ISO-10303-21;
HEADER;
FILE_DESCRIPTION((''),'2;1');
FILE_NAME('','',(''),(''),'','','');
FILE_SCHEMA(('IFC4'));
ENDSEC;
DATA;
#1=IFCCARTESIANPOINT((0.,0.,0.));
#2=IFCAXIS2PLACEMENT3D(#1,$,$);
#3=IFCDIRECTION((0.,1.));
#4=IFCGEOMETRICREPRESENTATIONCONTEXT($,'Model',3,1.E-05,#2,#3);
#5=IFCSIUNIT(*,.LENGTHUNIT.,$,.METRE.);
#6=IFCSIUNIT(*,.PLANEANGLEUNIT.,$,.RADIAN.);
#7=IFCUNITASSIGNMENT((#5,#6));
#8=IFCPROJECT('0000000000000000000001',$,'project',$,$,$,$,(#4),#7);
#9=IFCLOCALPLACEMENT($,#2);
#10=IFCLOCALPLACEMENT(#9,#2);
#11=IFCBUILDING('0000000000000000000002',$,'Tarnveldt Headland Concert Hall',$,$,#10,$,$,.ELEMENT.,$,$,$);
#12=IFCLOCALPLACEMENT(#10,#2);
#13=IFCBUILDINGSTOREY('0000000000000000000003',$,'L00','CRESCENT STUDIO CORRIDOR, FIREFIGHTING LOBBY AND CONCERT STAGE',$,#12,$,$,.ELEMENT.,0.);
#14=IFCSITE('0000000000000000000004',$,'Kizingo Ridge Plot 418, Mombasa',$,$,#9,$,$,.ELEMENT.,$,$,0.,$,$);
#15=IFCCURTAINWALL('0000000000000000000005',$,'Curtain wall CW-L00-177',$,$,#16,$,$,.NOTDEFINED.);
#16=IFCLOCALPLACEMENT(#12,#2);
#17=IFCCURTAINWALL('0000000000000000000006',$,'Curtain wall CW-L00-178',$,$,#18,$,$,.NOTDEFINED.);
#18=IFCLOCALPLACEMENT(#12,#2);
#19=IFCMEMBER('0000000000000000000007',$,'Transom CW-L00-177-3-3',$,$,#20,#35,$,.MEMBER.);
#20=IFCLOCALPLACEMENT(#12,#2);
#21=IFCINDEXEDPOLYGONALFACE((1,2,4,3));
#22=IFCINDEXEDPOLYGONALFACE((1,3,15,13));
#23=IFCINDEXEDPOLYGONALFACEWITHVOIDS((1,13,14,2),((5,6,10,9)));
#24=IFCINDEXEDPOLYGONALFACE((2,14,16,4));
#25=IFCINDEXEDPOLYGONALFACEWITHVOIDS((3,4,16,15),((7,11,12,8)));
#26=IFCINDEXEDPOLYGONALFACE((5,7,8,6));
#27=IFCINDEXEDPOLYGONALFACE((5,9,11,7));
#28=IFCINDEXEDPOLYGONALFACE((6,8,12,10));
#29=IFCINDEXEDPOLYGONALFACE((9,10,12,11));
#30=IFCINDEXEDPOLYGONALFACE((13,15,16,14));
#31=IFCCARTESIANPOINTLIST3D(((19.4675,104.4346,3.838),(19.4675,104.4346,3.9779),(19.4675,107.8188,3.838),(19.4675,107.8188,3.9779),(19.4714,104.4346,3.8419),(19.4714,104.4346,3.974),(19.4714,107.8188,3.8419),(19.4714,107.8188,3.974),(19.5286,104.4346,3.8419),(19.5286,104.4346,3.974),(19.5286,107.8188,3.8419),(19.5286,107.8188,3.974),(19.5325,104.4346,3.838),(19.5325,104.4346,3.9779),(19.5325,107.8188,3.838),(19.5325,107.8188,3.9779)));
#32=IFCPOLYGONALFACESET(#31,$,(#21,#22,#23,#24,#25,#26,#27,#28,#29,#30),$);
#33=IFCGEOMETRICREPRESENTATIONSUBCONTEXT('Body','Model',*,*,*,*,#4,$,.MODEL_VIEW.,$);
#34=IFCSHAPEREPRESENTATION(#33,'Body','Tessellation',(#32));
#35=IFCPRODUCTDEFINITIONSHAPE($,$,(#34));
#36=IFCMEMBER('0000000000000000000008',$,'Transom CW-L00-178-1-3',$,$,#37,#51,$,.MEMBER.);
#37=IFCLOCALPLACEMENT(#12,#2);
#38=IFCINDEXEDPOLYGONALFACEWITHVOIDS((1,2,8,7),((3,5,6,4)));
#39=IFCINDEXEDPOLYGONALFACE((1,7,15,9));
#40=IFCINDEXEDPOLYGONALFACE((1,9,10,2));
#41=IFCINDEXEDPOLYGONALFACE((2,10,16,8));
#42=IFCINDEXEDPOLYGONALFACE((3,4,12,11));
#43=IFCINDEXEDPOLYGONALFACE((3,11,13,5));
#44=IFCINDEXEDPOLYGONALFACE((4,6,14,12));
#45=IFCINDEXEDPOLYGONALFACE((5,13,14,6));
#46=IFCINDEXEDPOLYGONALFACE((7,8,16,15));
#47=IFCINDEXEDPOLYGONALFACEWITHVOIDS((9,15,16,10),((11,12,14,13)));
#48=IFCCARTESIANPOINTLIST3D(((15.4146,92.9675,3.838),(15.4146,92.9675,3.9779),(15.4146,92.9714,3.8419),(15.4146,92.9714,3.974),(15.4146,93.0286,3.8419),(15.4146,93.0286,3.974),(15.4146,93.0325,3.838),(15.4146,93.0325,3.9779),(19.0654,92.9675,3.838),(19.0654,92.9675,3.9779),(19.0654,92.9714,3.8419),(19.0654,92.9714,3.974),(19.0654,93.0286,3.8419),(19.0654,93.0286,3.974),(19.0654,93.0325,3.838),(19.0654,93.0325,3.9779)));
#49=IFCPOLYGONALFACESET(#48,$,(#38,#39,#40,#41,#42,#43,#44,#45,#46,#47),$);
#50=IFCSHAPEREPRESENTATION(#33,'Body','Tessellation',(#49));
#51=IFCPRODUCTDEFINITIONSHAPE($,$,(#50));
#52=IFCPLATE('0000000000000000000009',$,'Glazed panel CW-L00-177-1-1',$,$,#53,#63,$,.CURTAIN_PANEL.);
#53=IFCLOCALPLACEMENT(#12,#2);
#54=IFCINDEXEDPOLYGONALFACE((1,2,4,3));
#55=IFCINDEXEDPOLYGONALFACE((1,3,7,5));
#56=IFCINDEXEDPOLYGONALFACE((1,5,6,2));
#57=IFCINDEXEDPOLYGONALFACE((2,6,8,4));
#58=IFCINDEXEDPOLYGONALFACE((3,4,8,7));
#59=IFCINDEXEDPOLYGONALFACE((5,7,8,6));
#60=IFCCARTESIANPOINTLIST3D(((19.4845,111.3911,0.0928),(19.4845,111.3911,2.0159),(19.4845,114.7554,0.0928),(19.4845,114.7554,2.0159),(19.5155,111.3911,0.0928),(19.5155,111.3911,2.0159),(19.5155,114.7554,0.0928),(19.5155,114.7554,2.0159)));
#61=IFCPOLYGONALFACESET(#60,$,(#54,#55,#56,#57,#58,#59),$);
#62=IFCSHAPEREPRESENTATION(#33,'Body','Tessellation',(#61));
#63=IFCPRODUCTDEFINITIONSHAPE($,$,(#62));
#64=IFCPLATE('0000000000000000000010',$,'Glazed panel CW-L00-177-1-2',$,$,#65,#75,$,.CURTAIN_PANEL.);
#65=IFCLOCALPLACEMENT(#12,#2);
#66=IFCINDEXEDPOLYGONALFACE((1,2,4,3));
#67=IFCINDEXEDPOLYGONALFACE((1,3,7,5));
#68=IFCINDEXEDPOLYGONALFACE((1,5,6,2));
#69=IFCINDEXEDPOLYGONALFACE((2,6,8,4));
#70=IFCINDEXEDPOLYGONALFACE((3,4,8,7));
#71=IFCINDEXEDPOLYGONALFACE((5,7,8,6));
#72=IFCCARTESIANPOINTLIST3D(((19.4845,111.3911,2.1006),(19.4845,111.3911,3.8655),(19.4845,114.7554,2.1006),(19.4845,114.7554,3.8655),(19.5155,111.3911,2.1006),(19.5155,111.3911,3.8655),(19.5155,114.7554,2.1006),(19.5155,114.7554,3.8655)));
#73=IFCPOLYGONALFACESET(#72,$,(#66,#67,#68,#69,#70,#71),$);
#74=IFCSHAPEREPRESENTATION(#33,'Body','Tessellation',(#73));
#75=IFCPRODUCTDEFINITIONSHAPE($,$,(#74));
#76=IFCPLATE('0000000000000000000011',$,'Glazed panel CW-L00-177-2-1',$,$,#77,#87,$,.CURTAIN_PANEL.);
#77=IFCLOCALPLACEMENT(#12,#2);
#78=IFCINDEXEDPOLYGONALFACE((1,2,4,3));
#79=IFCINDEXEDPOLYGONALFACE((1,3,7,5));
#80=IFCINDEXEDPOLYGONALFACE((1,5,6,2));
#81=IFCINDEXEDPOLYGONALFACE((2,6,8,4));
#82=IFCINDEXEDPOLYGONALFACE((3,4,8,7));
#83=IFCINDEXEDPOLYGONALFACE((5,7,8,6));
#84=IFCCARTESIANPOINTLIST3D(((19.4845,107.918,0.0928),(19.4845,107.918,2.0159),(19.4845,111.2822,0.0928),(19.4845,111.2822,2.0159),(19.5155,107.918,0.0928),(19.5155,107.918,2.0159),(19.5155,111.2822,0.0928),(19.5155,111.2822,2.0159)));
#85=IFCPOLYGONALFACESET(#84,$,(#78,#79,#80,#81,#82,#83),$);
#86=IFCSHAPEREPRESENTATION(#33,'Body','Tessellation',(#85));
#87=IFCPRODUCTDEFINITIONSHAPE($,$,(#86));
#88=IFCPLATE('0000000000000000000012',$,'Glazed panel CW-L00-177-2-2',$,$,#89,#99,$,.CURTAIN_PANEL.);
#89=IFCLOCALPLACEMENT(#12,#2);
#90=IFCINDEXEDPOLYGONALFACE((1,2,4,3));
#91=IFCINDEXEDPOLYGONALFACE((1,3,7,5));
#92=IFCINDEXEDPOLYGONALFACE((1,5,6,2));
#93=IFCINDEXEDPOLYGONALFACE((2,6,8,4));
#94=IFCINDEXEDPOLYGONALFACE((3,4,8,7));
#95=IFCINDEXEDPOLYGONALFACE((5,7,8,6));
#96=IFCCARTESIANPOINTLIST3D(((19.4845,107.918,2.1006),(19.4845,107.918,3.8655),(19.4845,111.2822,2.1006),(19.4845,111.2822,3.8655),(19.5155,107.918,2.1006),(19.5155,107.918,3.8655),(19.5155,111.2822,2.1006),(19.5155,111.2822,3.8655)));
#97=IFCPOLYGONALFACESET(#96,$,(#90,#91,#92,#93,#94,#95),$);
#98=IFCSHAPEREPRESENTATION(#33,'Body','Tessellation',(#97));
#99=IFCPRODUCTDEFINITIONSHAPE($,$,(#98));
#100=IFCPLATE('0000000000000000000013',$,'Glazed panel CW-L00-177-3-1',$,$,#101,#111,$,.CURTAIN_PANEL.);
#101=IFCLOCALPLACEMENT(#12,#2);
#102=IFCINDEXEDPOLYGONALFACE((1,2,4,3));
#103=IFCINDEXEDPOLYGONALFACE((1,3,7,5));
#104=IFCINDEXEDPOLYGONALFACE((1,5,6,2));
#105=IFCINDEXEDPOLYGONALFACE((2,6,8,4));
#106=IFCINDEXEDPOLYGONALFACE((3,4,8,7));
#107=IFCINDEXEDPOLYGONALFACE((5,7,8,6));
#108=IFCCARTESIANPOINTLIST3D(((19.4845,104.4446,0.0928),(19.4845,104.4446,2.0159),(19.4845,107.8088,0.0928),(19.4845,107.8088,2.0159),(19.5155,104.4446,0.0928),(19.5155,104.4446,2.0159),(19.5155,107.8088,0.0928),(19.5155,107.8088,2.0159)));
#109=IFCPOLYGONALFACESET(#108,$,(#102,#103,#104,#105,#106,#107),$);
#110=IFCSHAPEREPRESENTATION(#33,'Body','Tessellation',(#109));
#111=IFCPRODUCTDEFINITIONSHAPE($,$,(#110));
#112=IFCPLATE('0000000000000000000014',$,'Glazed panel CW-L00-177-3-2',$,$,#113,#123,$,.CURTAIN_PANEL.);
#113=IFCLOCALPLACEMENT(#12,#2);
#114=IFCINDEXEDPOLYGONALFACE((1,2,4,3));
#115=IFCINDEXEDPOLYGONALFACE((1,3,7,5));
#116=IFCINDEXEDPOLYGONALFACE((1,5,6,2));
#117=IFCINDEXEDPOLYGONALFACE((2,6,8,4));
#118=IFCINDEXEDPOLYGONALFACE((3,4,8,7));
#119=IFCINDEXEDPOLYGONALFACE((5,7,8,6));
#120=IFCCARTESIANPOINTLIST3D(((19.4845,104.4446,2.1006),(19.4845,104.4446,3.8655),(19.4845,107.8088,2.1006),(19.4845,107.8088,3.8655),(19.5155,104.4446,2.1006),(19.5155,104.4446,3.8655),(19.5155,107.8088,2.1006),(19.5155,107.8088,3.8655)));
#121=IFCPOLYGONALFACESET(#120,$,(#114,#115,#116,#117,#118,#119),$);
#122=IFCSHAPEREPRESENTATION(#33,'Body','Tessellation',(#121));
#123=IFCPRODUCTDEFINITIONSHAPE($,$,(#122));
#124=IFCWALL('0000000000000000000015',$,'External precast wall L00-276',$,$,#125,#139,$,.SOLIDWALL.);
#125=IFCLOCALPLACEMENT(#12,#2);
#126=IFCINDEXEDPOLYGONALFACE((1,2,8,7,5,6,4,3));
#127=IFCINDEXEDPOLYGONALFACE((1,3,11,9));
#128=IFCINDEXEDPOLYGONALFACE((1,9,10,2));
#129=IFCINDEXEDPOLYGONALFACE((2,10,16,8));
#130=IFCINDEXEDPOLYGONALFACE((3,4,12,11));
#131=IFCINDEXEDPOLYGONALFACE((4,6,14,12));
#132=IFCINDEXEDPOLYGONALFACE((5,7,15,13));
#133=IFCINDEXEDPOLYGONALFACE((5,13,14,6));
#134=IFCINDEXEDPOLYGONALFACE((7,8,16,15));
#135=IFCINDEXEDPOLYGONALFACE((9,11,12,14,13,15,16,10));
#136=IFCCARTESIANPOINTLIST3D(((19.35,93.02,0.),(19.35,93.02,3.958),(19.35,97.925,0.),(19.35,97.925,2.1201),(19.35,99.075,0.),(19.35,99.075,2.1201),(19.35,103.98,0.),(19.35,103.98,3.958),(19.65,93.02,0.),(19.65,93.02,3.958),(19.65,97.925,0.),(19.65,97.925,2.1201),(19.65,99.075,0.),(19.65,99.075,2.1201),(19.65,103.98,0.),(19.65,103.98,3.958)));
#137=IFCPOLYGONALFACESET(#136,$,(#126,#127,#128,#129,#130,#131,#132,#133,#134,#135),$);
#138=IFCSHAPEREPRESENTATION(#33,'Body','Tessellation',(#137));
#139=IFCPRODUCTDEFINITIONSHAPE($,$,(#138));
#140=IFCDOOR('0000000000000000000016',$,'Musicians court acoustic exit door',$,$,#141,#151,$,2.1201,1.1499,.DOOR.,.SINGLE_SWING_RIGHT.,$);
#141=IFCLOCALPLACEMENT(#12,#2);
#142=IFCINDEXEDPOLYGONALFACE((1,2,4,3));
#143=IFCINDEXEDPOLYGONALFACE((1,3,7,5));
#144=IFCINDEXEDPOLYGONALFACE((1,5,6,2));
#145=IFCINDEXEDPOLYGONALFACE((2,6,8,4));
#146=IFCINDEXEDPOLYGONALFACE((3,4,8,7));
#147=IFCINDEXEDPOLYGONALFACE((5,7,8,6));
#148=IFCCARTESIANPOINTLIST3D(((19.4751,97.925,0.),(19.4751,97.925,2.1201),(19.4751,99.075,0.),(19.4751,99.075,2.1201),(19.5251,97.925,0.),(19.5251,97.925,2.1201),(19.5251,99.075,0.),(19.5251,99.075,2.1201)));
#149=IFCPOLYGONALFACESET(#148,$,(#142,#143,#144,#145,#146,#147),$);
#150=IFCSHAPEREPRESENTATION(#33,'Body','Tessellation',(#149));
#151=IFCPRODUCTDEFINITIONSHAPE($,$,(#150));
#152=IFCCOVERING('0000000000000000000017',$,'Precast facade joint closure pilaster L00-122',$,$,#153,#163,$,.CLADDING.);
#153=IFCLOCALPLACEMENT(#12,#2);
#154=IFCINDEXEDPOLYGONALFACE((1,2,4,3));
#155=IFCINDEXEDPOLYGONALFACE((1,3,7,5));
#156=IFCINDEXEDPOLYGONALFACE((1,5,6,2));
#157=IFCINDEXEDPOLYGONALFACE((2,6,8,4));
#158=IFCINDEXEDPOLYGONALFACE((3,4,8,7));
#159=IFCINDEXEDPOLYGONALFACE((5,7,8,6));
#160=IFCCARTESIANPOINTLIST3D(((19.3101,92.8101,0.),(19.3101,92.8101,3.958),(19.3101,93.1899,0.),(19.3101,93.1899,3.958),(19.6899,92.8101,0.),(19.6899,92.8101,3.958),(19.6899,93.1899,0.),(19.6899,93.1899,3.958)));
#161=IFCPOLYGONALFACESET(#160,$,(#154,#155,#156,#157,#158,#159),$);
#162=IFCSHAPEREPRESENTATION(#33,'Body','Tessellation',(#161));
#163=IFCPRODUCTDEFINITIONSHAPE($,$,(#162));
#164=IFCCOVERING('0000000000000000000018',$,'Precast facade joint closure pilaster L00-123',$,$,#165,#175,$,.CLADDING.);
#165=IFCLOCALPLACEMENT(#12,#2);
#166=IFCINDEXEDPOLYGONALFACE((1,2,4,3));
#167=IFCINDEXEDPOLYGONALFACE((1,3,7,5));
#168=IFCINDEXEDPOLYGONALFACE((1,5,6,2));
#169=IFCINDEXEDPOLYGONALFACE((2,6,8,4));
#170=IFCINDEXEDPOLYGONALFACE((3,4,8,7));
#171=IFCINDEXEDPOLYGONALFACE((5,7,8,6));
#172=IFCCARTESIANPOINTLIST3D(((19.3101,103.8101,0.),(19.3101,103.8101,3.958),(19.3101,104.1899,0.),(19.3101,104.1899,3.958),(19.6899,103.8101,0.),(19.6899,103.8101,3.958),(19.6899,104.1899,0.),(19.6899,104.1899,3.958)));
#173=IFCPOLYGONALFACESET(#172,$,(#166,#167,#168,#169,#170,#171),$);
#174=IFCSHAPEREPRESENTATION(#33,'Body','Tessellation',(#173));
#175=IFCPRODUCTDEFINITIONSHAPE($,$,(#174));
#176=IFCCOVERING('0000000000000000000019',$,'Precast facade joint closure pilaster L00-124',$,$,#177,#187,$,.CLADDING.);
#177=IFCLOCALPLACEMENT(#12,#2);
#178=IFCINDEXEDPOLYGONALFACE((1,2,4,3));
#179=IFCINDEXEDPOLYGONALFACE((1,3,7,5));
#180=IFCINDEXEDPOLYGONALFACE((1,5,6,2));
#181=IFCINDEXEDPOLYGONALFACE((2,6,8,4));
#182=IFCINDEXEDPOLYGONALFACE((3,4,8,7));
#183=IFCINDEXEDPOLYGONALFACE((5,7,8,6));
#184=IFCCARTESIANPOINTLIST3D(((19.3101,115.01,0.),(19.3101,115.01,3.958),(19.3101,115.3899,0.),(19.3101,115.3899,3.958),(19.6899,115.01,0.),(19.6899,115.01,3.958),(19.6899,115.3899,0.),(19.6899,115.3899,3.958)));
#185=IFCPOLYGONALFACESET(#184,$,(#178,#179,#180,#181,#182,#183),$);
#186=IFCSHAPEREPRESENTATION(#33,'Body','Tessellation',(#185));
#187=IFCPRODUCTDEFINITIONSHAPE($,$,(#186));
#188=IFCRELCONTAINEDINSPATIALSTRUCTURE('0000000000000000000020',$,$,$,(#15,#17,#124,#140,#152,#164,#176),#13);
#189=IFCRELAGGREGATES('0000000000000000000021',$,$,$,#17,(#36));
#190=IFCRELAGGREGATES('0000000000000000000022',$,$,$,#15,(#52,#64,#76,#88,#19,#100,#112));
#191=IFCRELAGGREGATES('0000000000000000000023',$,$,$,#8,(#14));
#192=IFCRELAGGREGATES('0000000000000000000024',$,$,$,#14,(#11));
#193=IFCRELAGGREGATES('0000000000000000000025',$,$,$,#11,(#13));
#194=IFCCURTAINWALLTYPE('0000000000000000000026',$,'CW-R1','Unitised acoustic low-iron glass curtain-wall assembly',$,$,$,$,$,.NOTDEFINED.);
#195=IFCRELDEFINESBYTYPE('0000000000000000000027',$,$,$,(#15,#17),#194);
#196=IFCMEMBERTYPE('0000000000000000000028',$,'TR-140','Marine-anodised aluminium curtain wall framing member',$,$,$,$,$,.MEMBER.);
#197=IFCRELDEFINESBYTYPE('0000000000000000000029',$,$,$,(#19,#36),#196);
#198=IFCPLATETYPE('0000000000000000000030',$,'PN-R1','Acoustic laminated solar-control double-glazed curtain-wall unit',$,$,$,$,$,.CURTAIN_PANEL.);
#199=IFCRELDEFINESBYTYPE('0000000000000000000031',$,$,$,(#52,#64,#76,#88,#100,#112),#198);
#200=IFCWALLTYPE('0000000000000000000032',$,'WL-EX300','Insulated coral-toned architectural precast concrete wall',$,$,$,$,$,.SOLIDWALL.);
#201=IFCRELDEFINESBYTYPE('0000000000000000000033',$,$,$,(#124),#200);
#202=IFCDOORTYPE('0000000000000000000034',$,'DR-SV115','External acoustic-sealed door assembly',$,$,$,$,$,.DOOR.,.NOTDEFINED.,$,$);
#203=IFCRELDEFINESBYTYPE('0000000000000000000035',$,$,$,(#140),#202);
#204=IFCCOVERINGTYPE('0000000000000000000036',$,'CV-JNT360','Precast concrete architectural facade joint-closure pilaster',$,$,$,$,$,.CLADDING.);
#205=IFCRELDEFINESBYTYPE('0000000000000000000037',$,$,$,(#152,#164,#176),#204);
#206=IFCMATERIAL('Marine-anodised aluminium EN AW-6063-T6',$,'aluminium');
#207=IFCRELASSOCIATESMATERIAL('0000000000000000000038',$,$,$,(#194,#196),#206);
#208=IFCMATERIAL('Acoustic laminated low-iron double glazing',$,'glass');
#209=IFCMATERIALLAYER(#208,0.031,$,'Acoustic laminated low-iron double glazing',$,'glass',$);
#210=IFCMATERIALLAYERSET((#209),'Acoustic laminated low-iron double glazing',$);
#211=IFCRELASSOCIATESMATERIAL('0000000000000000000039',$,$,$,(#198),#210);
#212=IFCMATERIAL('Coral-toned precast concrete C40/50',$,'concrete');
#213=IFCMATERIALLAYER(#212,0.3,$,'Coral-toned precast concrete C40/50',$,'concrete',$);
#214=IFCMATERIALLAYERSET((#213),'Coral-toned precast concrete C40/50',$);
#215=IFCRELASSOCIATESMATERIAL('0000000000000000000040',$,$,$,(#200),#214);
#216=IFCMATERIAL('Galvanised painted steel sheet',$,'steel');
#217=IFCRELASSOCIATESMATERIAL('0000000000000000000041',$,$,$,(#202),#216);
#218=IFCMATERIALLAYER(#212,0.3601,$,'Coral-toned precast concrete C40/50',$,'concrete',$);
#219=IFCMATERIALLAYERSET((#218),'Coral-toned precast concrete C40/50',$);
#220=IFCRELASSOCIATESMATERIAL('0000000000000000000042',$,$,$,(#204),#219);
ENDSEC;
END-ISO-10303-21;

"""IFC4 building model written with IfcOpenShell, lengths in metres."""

from ifc_helpers import new_model, si_unit, direction, frame, frame_2d, origin, origin_2d, place, context, subcontext, project, spatial, rectangle, hollow_rectangle, extrude, material, layer, layer_set, material_profile, profile_set, type_object, element, fill, aggregate, save


model = new_model("IFC4")

# Units and contexts
model_context = context("Model", 3, precision=1e-05, world=origin(), true_north=direction((0.0, 1.0)))
body_context = subcontext(model_context, "Body", "Model", "MODEL_VIEW")
ifc_project = project(units=[si_unit("LENGTHUNIT", "METRE"), si_unit("PLANEANGLEUNIT", "RADIAN")], contexts=[model_context])

# Site, building, storey
site_placement = place(None, origin())
site = spatial("IfcSite", under=ifc_project, at=site_placement, Name="Kizingo Ridge Plot 418, Mombasa", CompositionType="ELEMENT", RefElevation=0.0)
building_placement = place(site_placement, origin())
building = spatial("IfcBuilding", under=site, at=building_placement, Name="Tarnveldt Headland Concert Hall", CompositionType="ELEMENT")
storey_placement = place(building_placement, origin())
storey = spatial("IfcBuildingStorey", under=building, at=storey_placement, Name="L00", Description="CRESCENT STUDIO CORRIDOR, FIREFIGHTING LOBBY AND CONCERT STAGE", CompositionType="ELEMENT", Elevation=0.0)

# Curtain wall
ifc_material_1 = material(Name="Marine-anodised aluminium EN AW-6063-T6", Category="aluminium")
curtain_wall_type = type_object("IfcCurtainWallType", Name="CW-R1", Description="Unitised acoustic low-iron glass curtain-wall assembly", PredefinedType="NOTDEFINED", material=ifc_material_1)
curtain_wall_1_placement = place(storey_placement, origin())
curtain_wall_1 = element("IfcCurtainWall", 1, at=curtain_wall_1_placement, inside=storey, type_object=curtain_wall_type, Name="Curtain wall CW-L00-177", PredefinedType="NOTDEFINED")

# Curtain wall
curtain_wall_2_placement = place(storey_placement, origin())
curtain_wall_2 = element("IfcCurtainWall", 2, at=curtain_wall_2_placement, inside=storey, type_object=curtain_wall_type, Name="Curtain wall CW-L00-178", PredefinedType="NOTDEFINED")

# Members
ifc_material_profile_1 = material_profile(ifc_material_1, hollow_rectangle(XDim=0.0649, YDim=0.1399, WallThickness=0.0039, at=origin_2d()), Name="ALU TRANSOM 65x140x4", Category="aluminium")
ifc_profile_set_1 = profile_set([ifc_material_profile_1], Name="Marine-anodised aluminium EN AW-6063-T6")
member_type_1 = type_object("IfcMemberType", Name="TR-140", Description="Marine-anodised aluminium curtain wall framing member", PredefinedType="MEMBER", material=ifc_profile_set_1)
member_1_placement = place(storey_placement, frame((19.5, 107.8188, 3.908), z_axis=(0.0, -1.0, 0.0), x_axis=(1.0, 0.0, 0.0)))
member_1 = element("IfcMember", 3, at=member_1_placement, type_object=member_type_1, Name="Transom CW-L00-177-3-3", PredefinedType="MEMBER", context=body_context, shape_type="SweptSolid", body=[
    extrude(hollow_rectangle(XDim=0.0649, YDim=0.1399, WallThickness=0.0039, at=origin_2d()), origin(), (0.0, 0.0, 1.0), 3.3843),
])
member_2_placement = place(storey_placement, frame((19.0654, 93.0, 3.908), z_axis=(-1.0, 0.0, 0.0), x_axis=(0.0, -1.0, 0.0)))
member_2 = element("IfcMember", 4, at=member_2_placement, type_object=member_type_1, Name="Transom CW-L00-178-1-3", PredefinedType="MEMBER", context=body_context, shape_type="SweptSolid", body=[
    extrude(hollow_rectangle(XDim=0.0649, YDim=0.1399, WallThickness=0.0039, at=origin_2d()), origin(), (0.0, 0.0, 1.0), 3.6509),
])
aggregate(curtain_wall_2, [member_2])

# Plates
ifc_material_2 = material(Name="Acoustic laminated low-iron double glazing", Category="glass")
ifc_layer_1 = layer(ifc_material_2, 0.031, Name="Acoustic laminated low-iron double glazing", Category="glass")
ifc_layer_set_1 = layer_set([ifc_layer_1], Name="Acoustic laminated low-iron double glazing")
plate_type = type_object("IfcPlateType", Name="PN-R1", Description="Acoustic laminated solar-control double-glazed curtain-wall unit", PredefinedType="CURTAIN_PANEL", material=ifc_layer_set_1)
plate_1_placement = place(storey_placement, frame((19.5, 113.0732, 0.0928), z_axis=(0.0, 0.0, 1.0), x_axis=(0.0, -1.0, 0.0)))
plate_1 = element("IfcPlate", 5, at=plate_1_placement, type_object=plate_type, Name="Glazed panel CW-L00-177-1-1", PredefinedType="CURTAIN_PANEL", context=body_context, shape_type="SweptSolid", body=[
    extrude(rectangle(XDim=3.3643, YDim=0.031, at=origin_2d()), origin(), (0.0, 0.0, 1.0), 1.9231),
])
plate_2_placement = place(storey_placement, frame((19.5, 113.0732, 2.1006), z_axis=(0.0, 0.0, 1.0), x_axis=(0.0, -1.0, 0.0)))
plate_2 = element("IfcPlate", 6, at=plate_2_placement, type_object=plate_type, Name="Glazed panel CW-L00-177-1-2", PredefinedType="CURTAIN_PANEL", context=body_context, shape_type="SweptSolid", body=[
    extrude(rectangle(XDim=3.3643, YDim=0.031, at=origin_2d()), origin(), (0.0, 0.0, 1.0), 1.7649),
])
plate_3_placement = place(storey_placement, frame((19.5, 109.6001, 0.0928), z_axis=(0.0, 0.0, 1.0), x_axis=(0.0, -1.0, 0.0)))
plate_3 = element("IfcPlate", 7, at=plate_3_placement, type_object=plate_type, Name="Glazed panel CW-L00-177-2-1", PredefinedType="CURTAIN_PANEL", context=body_context, shape_type="SweptSolid", body=[
    extrude(rectangle(XDim=3.3643, YDim=0.031, at=origin_2d()), origin(), (0.0, 0.0, 1.0), 1.9231),
])
plate_4_placement = place(storey_placement, frame((19.5, 109.6001, 2.1006), z_axis=(0.0, 0.0, 1.0), x_axis=(0.0, -1.0, 0.0)))
plate_4 = element("IfcPlate", 8, at=plate_4_placement, type_object=plate_type, Name="Glazed panel CW-L00-177-2-2", PredefinedType="CURTAIN_PANEL", context=body_context, shape_type="SweptSolid", body=[
    extrude(rectangle(XDim=3.3643, YDim=0.031, at=origin_2d()), origin(), (0.0, 0.0, 1.0), 1.7649),
])
plate_5_placement = place(storey_placement, frame((19.5, 106.1267, 0.0928), z_axis=(0.0, 0.0, 1.0), x_axis=(0.0, -1.0, 0.0)))
plate_5 = element("IfcPlate", 9, at=plate_5_placement, type_object=plate_type, Name="Glazed panel CW-L00-177-3-1", PredefinedType="CURTAIN_PANEL", context=body_context, shape_type="SweptSolid", body=[
    extrude(rectangle(XDim=3.3643, YDim=0.031, at=origin_2d()), origin(), (0.0, 0.0, 1.0), 1.9231),
])
plate_6_placement = place(storey_placement, frame((19.5, 106.1267, 2.1006), z_axis=(0.0, 0.0, 1.0), x_axis=(0.0, -1.0, 0.0)))
plate_6 = element("IfcPlate", 10, at=plate_6_placement, type_object=plate_type, Name="Glazed panel CW-L00-177-3-2", PredefinedType="CURTAIN_PANEL", context=body_context, shape_type="SweptSolid", body=[
    extrude(rectangle(XDim=3.3643, YDim=0.031, at=origin_2d()), origin(), (0.0, 0.0, 1.0), 1.7649),
])
aggregate(curtain_wall_1, [plate_1, plate_2, plate_3, plate_4, member_1, plate_5, plate_6])

# Wall, opening, door
ifc_material_3 = material(Name="Coral-toned precast concrete C40/50", Category="concrete")
ifc_layer_2 = layer(ifc_material_3, 0.3, Name="Coral-toned precast concrete C40/50", Category="concrete")
ifc_layer_set_2 = layer_set([ifc_layer_2], Name="Coral-toned precast concrete C40/50")
wall_type = type_object("IfcWallType", Name="WL-EX300", Description="Insulated coral-toned architectural precast concrete wall", PredefinedType="SOLIDWALL", material=ifc_layer_set_2)
ifc_material_4 = material(Name="Galvanised painted steel sheet", Category="steel")
wall_1_placement = place(storey_placement, frame((19.5, 93.02, 0.0), z_axis=(0.0, 0.0, 1.0), x_axis=(0.0, 1.0, 0.0)))
wall_1 = element("IfcWall", 11, at=wall_1_placement, inside=storey, type_object=wall_type, Name="External precast wall L00-276", PredefinedType="SOLIDWALL", context=body_context, shape_type="SweptSolid", body=[
    extrude(rectangle(XDim=10.96, YDim=0.3, at=frame_2d((5.48, 0.0))), origin(), (0.0, 0.0, 1.0), 3.958),
])
opening_1_placement = place(wall_1_placement, frame((4.905, 0.0, 0.0)))
opening_1 = element("IfcOpeningElement", 12, at=opening_1_placement, cuts=wall_1, PredefinedType="OPENING", context=body_context, shape_type="SweptSolid", body=[
    extrude(rectangle(XDim=1.1499, YDim=2.1201, at=frame_2d((0.575, 1.0601))), frame((0.0, 0.1599, 0.0), z_axis=(0.0, -1.0, 0.0), x_axis=(1.0, 0.0, 0.0)), (0.0, 0.0, 1.0), 0.3201),
])
door_type_1 = type_object("IfcDoorType", Name="DR-SV115", Description="External acoustic-sealed door assembly", OperationType="NOTDEFINED", PredefinedType="DOOR", material=ifc_material_4)
door_1_placement = place(opening_1_placement, origin())
door_1 = element("IfcDoor", 13, at=door_1_placement, inside=storey, type_object=door_type_1, Name="Musicians court acoustic exit door", OperationType="SINGLE_SWING_RIGHT", OverallHeight=2.1201, OverallWidth=1.1499, PredefinedType="DOOR", context=body_context, shape_type="SweptSolid", body=[
    extrude(rectangle(XDim=1.1499, YDim=2.1201, at=frame_2d((0.575, 1.0601))), frame((0.0, 0.0249, 0.0), z_axis=(0.0, -1.0, 0.0), x_axis=(1.0, 0.0, 0.0)), (0.0, 0.0, 1.0), 0.05),
])
fill(opening_1, door_1)

# Coverings
ifc_layer_3 = layer(ifc_material_3, 0.3601, Name="Coral-toned precast concrete C40/50", Category="concrete")
ifc_layer_set_3 = layer_set([ifc_layer_3], Name="Coral-toned precast concrete C40/50")
covering_type = type_object("IfcCoveringType", Name="CV-JNT360", Description="Precast concrete architectural facade joint-closure pilaster", PredefinedType="CLADDING", material=ifc_layer_set_3)
for number, where, z_axis, x_axis, name in (
    (14, (19.5, 93.0, 0.0), (0.0, 0.0, 1.0), (0.0, 1.0, 0.0), "Precast facade joint closure pilaster L00-122"),
    (15, (19.5, 104.0, 0.0), (0.0, 0.0, 1.0), (0.0, 1.0, 0.0), "Precast facade joint closure pilaster L00-123"),
    (16, (19.5, 115.2, 0.0), (0.0, 0.0, 1.0), (1.0, 0.0, 0.0), "Precast facade joint closure pilaster L00-124"),
):
    element("IfcCovering", number, at=place(storey_placement, frame(where, z_axis=z_axis, x_axis=x_axis)), inside=storey, type_object=covering_type, Name=name, PredefinedType="CLADDING", context=body_context, shape_type="SweptSolid", body=[
        extrude(rectangle(XDim=0.3799, YDim=0.3799, at=origin_2d()), origin(), (0.0, 0.0, 1.0), 3.958),
    ])

save(model, "model.ifc")
